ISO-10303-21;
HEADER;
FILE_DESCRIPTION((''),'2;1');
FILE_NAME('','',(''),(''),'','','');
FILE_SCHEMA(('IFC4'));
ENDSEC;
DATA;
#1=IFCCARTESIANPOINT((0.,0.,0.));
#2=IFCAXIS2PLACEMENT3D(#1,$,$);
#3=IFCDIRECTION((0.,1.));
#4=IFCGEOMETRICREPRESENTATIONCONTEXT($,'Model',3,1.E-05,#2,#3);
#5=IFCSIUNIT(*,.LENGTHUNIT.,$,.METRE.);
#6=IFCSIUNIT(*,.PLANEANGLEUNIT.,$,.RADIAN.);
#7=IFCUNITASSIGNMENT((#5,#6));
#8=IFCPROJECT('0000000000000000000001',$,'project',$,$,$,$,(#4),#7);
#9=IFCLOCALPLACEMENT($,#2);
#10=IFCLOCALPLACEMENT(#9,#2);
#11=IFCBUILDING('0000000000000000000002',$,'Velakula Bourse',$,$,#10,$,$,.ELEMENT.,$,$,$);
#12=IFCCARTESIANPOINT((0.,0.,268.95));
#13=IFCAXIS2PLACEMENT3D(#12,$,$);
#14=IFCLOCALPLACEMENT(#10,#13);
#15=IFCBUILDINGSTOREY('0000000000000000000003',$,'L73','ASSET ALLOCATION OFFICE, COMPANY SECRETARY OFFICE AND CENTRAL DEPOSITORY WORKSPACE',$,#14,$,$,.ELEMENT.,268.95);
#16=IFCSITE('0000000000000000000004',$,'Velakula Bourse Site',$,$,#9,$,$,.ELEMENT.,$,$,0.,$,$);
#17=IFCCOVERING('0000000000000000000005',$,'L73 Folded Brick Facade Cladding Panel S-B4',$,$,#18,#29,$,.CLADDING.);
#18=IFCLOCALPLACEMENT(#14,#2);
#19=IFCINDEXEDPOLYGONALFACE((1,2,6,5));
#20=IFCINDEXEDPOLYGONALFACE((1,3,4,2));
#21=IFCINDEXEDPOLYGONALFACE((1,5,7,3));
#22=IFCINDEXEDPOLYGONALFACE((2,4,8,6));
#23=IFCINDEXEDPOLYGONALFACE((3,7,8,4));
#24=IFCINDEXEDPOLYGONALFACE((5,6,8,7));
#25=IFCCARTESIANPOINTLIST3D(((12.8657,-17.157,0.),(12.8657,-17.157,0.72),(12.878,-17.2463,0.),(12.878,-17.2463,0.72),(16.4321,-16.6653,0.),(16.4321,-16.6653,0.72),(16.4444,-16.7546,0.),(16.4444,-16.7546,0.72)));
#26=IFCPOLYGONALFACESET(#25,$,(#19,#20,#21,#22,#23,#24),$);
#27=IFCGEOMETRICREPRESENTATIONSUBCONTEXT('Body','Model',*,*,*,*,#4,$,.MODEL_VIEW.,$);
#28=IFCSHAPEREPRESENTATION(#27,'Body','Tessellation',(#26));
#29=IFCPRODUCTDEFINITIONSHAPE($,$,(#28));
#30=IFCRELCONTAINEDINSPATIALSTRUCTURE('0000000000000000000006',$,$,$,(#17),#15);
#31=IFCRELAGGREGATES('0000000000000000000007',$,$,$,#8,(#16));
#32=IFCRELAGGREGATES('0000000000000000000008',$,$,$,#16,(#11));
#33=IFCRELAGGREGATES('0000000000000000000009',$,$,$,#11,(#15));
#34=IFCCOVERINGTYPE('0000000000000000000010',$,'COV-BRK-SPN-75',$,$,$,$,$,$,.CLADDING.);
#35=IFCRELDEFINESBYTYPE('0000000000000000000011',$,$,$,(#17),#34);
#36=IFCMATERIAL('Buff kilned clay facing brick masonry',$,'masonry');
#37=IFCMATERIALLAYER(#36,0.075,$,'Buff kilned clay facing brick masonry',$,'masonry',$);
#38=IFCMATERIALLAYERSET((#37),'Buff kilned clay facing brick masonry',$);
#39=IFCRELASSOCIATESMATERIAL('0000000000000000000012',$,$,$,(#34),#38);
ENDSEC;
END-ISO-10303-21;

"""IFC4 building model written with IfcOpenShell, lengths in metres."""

from ifc_helpers import new_model, si_unit, direction, frame, origin, origin_2d, place, context, subcontext, project, spatial, rectangle, extrude, material, layer, layer_set, type_object, element, save


model = new_model("IFC4")

# Units and contexts
model_context = context("Model", 3, precision=1e-05, world=origin(), true_north=direction((0.0, 1.0)))
body_context = subcontext(model_context, "Body", "Model", "MODEL_VIEW")
ifc_project = project(units=[si_unit("LENGTHUNIT", "METRE"), si_unit("PLANEANGLEUNIT", "RADIAN")], contexts=[model_context])

# Site, building, storey
site_placement = place(None, origin())
site = spatial("IfcSite", under=ifc_project, at=site_placement, Name="Velakula Bourse Site", CompositionType="ELEMENT", RefElevation=0.0)
building_placement = place(site_placement, origin())
building = spatial("IfcBuilding", under=site, at=building_placement, Name="Velakula Bourse", CompositionType="ELEMENT")
storey_placement = place(building_placement, frame((0.0, 0.0, 268.95)))
storey = spatial("IfcBuildingStorey", under=building, at=storey_placement, Name="L73", Description="ASSET ALLOCATION OFFICE, COMPANY SECRETARY OFFICE AND CENTRAL DEPOSITORY WORKSPACE", CompositionType="ELEMENT", Elevation=268.95)

# Shared definitions
ifc_material_1 = material(Name="Buff kilned clay facing brick masonry", Category="masonry")

# Covering
ifc_layer_1 = layer(ifc_material_1, 0.075, Name="Buff kilned clay facing brick masonry", Category="masonry")
ifc_layer_set_1 = layer_set([ifc_layer_1], Name="Buff kilned clay facing brick masonry")
covering_type = type_object("IfcCoveringType", Name="COV-BRK-SPN-75", PredefinedType="CLADDING", material=ifc_layer_set_1)
covering_placement = place(storey_placement, frame((14.655, -16.9558, 0.0), z_axis=(0.0, 0.0, 1.0), x_axis=(0.990629, 0.13658, 0.0)))
element("IfcCovering", 1, at=covering_placement, inside=storey, type_object=covering_type, Name="L73 Folded Brick Facade Cladding Panel S-B4", PredefinedType="CLADDING", context=body_context, shape_type="SweptSolid", body=[
    extrude(rectangle(XDim=3.6001, YDim=0.0901, at=origin_2d()), origin(), (0.0, 0.0, 1.0), 0.72),
])

save(model, "model.ifc")
